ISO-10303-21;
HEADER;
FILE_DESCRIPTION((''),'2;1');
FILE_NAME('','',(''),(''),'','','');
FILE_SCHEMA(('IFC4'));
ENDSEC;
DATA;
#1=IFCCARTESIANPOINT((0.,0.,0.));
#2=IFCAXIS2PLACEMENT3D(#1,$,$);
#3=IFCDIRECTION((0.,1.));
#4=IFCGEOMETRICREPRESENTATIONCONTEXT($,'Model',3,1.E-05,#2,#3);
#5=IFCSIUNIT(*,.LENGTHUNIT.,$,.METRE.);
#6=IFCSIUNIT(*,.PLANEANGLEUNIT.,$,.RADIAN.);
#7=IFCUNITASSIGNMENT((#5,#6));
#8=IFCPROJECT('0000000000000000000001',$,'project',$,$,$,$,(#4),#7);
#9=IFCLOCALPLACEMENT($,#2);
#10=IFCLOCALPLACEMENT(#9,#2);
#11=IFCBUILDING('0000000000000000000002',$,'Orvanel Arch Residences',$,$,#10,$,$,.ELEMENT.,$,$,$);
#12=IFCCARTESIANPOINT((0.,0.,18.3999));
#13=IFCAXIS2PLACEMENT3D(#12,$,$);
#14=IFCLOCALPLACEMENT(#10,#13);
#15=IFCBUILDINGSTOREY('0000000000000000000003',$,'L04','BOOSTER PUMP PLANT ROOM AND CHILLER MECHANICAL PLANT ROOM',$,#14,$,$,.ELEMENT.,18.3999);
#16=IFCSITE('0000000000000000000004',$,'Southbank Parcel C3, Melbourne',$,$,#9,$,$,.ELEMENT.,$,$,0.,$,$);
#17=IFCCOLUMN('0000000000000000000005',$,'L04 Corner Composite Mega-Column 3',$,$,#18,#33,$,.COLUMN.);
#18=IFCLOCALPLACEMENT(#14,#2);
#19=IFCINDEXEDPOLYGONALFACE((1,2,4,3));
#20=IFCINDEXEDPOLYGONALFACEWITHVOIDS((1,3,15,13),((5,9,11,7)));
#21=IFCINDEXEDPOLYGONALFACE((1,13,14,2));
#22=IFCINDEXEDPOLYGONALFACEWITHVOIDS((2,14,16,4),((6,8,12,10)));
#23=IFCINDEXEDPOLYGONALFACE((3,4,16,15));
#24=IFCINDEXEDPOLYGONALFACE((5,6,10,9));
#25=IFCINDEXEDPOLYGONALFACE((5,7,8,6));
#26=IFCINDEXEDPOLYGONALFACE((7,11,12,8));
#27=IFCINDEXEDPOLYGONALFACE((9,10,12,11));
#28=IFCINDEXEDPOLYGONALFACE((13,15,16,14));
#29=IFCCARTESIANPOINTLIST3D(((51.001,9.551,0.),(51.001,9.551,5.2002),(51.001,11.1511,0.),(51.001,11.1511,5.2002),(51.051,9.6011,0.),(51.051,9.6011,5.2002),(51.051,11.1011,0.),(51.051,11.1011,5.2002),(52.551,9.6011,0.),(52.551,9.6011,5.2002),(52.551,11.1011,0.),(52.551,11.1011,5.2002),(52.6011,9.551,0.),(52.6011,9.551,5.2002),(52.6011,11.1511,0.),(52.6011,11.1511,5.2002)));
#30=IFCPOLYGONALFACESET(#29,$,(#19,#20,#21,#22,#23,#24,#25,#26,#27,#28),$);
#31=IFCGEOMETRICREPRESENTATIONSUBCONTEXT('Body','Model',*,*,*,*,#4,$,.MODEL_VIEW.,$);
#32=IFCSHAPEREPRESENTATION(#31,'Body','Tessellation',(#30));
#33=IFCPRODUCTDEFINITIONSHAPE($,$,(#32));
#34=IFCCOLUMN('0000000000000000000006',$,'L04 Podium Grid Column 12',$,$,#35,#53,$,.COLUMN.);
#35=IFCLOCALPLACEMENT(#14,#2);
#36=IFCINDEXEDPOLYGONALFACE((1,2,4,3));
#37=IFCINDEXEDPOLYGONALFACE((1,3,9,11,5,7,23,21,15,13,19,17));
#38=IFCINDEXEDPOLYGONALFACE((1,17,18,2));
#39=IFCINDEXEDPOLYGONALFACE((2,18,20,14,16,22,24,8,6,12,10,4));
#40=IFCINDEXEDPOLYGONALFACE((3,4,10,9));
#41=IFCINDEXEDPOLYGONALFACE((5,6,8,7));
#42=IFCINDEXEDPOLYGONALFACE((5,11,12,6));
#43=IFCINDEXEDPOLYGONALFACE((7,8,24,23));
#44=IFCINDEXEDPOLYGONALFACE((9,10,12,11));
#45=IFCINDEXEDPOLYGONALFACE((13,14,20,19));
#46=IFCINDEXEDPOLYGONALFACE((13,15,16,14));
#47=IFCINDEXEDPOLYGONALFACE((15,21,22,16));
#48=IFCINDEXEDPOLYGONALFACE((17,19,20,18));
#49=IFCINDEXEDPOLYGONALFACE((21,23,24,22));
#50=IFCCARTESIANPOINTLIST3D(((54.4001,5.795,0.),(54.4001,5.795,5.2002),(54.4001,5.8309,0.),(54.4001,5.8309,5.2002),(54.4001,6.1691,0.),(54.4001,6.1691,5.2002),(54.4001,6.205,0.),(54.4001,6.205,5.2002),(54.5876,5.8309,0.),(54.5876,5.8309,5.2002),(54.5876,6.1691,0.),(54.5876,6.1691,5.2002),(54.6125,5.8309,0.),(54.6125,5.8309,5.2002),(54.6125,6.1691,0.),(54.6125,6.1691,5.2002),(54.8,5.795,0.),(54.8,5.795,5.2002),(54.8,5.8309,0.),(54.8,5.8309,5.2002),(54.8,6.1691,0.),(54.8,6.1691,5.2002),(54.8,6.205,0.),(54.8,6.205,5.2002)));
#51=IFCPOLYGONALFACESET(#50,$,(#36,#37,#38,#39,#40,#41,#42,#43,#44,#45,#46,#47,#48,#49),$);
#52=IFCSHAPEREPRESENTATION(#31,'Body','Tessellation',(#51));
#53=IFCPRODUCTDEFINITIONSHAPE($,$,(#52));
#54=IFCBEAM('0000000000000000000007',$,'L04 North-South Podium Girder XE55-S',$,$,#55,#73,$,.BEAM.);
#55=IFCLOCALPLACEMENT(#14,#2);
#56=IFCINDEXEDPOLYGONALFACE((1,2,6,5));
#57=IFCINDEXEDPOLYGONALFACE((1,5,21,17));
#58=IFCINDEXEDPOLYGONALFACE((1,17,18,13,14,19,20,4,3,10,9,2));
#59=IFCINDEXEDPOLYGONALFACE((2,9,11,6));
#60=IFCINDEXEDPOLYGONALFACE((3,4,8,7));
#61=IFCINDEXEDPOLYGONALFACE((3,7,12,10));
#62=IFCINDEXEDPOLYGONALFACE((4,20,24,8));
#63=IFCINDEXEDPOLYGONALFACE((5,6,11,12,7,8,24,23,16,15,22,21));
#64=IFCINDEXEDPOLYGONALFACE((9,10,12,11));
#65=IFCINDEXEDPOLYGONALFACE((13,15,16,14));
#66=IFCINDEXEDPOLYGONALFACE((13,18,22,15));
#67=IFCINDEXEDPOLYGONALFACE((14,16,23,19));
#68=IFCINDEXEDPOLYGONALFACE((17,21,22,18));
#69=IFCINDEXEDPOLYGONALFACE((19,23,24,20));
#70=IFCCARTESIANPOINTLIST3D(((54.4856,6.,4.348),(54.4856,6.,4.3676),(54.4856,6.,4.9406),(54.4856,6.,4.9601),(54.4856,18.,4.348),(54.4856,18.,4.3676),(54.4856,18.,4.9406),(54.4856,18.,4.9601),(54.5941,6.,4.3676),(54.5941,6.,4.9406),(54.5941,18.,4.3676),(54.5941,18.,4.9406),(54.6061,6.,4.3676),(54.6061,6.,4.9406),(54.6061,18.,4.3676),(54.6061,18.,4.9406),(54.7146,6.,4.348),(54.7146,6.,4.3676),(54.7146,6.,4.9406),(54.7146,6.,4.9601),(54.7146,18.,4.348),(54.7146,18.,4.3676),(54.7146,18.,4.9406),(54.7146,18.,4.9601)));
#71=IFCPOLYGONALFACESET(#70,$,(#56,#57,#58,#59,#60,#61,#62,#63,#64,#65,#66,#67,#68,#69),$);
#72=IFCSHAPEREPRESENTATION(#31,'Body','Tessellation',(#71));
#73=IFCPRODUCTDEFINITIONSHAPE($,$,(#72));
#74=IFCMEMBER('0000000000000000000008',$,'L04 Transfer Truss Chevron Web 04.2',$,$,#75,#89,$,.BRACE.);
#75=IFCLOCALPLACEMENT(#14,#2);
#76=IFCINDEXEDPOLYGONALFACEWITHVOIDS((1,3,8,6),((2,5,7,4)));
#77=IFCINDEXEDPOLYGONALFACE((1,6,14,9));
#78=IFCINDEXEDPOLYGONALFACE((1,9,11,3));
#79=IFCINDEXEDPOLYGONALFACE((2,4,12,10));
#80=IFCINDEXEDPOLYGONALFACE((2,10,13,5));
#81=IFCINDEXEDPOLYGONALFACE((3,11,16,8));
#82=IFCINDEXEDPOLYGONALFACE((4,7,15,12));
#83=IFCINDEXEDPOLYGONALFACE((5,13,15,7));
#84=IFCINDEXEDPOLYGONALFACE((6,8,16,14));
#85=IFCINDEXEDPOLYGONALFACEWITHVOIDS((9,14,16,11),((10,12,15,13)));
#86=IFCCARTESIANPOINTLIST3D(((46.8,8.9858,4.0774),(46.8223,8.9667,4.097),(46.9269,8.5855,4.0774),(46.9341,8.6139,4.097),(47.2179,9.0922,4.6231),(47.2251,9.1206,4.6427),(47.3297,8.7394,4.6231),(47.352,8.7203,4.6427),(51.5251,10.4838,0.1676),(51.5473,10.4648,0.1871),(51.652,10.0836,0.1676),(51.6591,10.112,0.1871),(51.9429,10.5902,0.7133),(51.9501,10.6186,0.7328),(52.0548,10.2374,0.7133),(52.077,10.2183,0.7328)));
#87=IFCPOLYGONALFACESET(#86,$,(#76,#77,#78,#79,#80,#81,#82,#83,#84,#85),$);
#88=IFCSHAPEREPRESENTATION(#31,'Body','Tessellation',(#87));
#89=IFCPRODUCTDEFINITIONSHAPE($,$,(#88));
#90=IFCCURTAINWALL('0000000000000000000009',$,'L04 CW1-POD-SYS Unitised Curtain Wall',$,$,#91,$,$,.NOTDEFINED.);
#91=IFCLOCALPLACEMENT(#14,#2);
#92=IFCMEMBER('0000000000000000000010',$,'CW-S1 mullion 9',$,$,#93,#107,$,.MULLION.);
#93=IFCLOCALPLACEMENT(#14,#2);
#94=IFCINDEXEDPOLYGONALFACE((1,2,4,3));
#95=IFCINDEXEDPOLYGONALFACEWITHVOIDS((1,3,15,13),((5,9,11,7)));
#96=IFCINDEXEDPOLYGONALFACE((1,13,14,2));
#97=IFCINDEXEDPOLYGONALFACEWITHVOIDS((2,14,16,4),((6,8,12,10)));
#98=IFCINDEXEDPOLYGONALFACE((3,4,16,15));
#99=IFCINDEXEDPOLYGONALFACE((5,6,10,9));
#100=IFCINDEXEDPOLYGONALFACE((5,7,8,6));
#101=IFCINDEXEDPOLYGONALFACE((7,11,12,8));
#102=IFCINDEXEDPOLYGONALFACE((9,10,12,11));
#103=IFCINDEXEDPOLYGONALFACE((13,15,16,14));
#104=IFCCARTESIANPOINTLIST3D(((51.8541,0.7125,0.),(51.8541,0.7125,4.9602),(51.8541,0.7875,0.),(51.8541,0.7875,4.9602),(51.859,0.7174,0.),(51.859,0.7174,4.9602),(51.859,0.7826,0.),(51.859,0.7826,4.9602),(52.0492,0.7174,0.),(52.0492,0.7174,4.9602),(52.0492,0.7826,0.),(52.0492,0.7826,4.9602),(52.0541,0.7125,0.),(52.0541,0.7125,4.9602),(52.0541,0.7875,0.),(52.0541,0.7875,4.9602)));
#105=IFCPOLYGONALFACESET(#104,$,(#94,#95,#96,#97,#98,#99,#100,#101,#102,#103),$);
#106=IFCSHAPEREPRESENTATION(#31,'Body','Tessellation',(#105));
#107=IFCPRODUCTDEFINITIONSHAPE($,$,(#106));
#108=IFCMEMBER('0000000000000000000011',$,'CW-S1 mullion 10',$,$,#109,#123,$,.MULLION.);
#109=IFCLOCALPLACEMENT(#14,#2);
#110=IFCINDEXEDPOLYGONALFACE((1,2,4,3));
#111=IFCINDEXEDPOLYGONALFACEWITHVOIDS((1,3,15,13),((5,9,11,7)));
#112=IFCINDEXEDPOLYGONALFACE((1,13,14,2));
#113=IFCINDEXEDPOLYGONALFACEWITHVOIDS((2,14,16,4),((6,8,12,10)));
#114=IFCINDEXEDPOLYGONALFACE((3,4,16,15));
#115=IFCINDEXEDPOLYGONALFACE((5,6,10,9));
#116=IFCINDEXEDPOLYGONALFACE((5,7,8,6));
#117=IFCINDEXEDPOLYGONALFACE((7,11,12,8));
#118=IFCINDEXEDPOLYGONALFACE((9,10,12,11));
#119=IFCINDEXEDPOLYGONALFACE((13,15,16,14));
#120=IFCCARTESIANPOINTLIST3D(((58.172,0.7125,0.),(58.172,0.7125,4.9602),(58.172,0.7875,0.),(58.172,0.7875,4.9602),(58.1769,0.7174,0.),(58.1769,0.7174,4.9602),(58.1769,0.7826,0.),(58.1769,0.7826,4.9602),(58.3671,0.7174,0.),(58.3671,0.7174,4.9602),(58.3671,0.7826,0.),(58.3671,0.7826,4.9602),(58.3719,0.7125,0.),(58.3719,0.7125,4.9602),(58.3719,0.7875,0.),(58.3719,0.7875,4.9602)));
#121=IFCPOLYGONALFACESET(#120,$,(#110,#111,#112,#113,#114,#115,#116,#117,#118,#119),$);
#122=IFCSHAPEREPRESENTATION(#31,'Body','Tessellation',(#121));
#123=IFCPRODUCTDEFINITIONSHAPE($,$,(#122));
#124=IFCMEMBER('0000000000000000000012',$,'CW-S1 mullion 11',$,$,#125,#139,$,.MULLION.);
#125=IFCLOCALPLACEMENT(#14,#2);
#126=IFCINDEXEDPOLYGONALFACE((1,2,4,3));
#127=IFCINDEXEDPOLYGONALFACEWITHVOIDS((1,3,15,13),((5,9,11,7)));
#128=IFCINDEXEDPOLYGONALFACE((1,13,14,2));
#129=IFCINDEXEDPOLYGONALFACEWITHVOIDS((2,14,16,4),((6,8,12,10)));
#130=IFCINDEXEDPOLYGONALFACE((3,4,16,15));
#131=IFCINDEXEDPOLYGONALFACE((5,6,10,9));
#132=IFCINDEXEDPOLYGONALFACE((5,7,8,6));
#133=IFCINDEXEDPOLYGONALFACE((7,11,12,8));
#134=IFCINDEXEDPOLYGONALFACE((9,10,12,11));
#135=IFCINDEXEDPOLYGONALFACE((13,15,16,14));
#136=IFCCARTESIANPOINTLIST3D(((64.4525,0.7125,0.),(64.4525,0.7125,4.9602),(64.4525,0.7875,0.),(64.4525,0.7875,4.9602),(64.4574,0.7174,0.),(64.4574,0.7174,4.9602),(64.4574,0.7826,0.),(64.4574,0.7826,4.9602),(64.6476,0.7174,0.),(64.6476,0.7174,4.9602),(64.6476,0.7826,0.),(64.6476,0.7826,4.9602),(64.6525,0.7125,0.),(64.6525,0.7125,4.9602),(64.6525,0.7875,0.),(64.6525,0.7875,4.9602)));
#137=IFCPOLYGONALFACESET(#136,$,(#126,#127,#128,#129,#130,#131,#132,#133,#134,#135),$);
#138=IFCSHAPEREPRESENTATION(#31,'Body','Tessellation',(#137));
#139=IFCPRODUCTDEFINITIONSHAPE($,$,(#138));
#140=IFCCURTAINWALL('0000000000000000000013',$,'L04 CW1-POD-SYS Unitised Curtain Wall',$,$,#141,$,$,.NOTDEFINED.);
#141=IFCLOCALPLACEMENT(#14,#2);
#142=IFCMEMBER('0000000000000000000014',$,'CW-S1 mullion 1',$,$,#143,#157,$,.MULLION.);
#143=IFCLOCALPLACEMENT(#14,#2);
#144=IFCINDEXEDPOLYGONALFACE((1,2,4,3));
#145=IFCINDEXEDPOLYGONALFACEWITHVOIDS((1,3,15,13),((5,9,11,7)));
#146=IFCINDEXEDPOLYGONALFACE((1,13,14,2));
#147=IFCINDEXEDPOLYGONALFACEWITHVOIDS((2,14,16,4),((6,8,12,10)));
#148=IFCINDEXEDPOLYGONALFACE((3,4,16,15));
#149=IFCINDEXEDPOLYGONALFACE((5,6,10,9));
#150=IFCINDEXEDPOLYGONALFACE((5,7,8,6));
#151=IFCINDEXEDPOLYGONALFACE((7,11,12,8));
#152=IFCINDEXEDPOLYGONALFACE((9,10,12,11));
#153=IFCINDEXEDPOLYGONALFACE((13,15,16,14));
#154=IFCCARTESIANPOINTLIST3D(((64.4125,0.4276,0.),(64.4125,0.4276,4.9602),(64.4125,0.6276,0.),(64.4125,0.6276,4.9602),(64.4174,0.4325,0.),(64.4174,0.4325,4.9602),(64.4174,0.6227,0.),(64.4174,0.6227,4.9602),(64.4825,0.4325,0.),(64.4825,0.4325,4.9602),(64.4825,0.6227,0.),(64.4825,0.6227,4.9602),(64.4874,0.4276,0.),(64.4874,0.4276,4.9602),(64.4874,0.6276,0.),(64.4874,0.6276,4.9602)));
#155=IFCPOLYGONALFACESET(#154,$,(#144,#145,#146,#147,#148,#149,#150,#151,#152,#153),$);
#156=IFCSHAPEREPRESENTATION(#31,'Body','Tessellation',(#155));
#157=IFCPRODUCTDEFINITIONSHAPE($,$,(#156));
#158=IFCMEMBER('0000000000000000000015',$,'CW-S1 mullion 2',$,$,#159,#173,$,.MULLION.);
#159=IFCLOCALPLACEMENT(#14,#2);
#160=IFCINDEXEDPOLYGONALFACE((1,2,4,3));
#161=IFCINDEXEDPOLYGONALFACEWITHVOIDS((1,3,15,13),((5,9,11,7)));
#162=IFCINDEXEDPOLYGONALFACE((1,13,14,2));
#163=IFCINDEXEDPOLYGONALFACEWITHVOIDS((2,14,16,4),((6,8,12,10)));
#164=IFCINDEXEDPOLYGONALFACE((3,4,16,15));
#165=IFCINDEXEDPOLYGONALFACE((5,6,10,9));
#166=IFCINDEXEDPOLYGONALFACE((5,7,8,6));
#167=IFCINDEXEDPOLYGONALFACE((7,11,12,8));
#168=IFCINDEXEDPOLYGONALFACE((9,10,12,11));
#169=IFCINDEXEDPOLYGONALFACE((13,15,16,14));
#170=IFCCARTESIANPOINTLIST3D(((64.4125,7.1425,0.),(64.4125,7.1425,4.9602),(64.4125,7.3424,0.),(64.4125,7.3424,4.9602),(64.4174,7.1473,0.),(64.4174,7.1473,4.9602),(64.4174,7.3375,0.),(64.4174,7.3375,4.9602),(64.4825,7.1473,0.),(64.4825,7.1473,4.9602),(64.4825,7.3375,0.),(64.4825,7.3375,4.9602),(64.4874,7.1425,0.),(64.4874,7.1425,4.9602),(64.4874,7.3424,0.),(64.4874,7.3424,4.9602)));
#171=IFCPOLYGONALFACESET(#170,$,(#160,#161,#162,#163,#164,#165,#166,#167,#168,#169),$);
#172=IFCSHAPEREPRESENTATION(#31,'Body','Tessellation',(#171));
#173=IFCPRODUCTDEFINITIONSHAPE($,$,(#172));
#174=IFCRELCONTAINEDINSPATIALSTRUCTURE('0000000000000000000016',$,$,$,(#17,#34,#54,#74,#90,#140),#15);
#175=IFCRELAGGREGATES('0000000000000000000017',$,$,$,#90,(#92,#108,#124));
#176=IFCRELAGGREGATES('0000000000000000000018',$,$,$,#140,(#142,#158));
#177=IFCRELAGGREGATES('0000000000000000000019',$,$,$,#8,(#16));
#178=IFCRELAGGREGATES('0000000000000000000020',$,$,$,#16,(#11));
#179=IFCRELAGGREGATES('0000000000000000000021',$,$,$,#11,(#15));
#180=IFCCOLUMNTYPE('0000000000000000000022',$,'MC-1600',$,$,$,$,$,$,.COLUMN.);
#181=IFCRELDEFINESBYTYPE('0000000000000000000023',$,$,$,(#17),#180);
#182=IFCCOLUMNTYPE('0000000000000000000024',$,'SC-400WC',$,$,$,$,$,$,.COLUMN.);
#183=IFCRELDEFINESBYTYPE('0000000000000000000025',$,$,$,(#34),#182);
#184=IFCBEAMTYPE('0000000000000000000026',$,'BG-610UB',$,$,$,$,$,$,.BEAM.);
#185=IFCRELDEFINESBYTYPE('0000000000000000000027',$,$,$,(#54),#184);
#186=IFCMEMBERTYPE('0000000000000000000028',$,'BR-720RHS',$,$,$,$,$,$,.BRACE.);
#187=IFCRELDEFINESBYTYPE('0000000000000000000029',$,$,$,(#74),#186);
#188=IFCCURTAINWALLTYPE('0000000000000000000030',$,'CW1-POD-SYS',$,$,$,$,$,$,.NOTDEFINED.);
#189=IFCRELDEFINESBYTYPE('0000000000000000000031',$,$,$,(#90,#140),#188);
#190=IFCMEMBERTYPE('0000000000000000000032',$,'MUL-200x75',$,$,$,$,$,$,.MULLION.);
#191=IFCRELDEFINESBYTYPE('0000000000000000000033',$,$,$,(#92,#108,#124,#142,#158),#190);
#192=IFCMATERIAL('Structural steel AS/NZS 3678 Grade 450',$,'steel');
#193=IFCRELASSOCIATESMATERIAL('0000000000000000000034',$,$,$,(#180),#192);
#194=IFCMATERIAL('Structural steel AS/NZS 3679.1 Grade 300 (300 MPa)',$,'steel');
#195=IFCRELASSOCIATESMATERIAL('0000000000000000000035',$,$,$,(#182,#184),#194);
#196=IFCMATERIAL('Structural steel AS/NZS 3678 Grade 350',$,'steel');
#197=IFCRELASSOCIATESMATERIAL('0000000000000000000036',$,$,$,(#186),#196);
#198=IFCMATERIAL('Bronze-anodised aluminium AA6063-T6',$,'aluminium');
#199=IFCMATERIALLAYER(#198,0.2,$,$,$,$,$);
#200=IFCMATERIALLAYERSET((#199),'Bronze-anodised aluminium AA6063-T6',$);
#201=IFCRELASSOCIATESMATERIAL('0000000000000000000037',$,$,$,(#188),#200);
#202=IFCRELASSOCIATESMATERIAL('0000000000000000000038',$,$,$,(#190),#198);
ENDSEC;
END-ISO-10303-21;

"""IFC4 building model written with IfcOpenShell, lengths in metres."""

from ifc_helpers import new_model, si_unit, direction, frame, origin, origin_2d, place, context, subcontext, project, spatial, hollow_rectangle, i_section, extrude, material, layer, layer_set, material_profile, profile_set, type_object, element, aggregate, save


model = new_model("IFC4")

# Units and contexts
model_context = context("Model", 3, precision=1e-05, world=origin(), true_north=direction((0.0, 1.0)))
body_context = subcontext(model_context, "Body", "Model", "MODEL_VIEW")
ifc_project = project(units=[si_unit("LENGTHUNIT", "METRE"), si_unit("PLANEANGLEUNIT", "RADIAN")], contexts=[model_context])

# Site, building, storey
site_placement = place(None, origin())
site = spatial("IfcSite", under=ifc_project, at=site_placement, Name="Southbank Parcel C3, Melbourne", CompositionType="ELEMENT", RefElevation=0.0)
building_placement = place(site_placement, origin())
building = spatial("IfcBuilding", under=site, at=building_placement, Name="Orvanel Arch Residences", CompositionType="ELEMENT")
storey_placement = place(building_placement, frame((0.0, 0.0, 18.3999)))
storey = spatial("IfcBuildingStorey", under=building, at=storey_placement, Name="L04", Description="BOOSTER PUMP PLANT ROOM AND CHILLER MECHANICAL PLANT ROOM", CompositionType="ELEMENT", Elevation=18.3999)

# Columns
ifc_material_1 = material(Name="Structural steel AS/NZS 3678 Grade 450", Category="steel")
ifc_material_profile_1 = material_profile(ifc_material_1, hollow_rectangle(XDim=1.6001, YDim=1.6001, WallThickness=0.05, at=origin_2d()), Name="BOX1600x1600x50")
ifc_profile_set_1 = profile_set([ifc_material_profile_1], Name="Structural steel AS/NZS 3678 Grade 450")
column_type_1 = type_object("IfcColumnType", Name="MC-1600", PredefinedType="COLUMN", material=ifc_profile_set_1)
column_1_placement = place(storey_placement, frame((51.801, 10.3511, 0.0), z_axis=(0.0, 0.0, 1.0), x_axis=(1.0, 0.0, 0.0)))
element("IfcColumn", 1, at=column_1_placement, inside=storey, type_object=column_type_1, Name="L04 Corner Composite Mega-Column 3", PredefinedType="COLUMN", context=body_context, shape_type="SweptSolid", body=[
    extrude(hollow_rectangle(XDim=1.6001, YDim=1.6001, WallThickness=0.05, at=origin_2d()), origin(), (0.0, 0.0, 1.0), 5.2002),
])
ifc_material_2 = material(Name="Structural steel AS/NZS 3679.1 Grade 300 (300 MPa)", Category="steel")
ifc_material_profile_2 = material_profile(ifc_material_2, i_section(OverallWidth=0.3999, OverallDepth=0.4099, WebThickness=0.0249, FlangeThickness=0.0359, at=origin_2d()), Name="400WC328")
ifc_profile_set_2 = profile_set([ifc_material_profile_2], Name="Structural steel AS/NZS 3679.1 Grade 300 (300 MPa)")
column_type_2 = type_object("IfcColumnType", Name="SC-400WC", PredefinedType="COLUMN", material=ifc_profile_set_2)
column_2_placement = place(storey_placement, frame((54.6001, 6.0, 0.0), z_axis=(0.0, 0.0, 1.0), x_axis=(1.0, 0.0, 0.0)))
element("IfcColumn", 2, at=column_2_placement, inside=storey, type_object=column_type_2, Name="L04 Podium Grid Column 12", PredefinedType="COLUMN", context=body_context, shape_type="SweptSolid", body=[
    extrude(i_section(OverallWidth=0.3999, OverallDepth=0.4099, WebThickness=0.0249, FlangeThickness=0.0359, at=origin_2d()), origin(), (0.0, 0.0, 1.0), 5.2002),
])

# Beam
ifc_material_profile_3 = material_profile(ifc_material_2, i_section(OverallWidth=0.229, OverallDepth=0.6121, WebThickness=0.012, FlangeThickness=0.0195, at=origin_2d()), Name="610UB125")
ifc_profile_set_3 = profile_set([ifc_material_profile_3], Name="Structural steel AS/NZS 3679.1 Grade 300 (300 MPa)")
beam_type = type_object("IfcBeamType", Name="BG-610UB", PredefinedType="BEAM", material=ifc_profile_set_3)
beam_placement = place(storey_placement, frame((54.6001, 6.0, 4.6541), z_axis=(0.0, 1.0, 0.0), x_axis=(-1.0, 0.0, 0.0)))
element("IfcBeam", 3, at=beam_placement, inside=storey, type_object=beam_type, Name="L04 North-South Podium Girder XE55-S", PredefinedType="BEAM", context=body_context, shape_type="SweptSolid", body=[
    extrude(i_section(OverallWidth=0.229, OverallDepth=0.6121, WebThickness=0.012, FlangeThickness=0.0195, at=origin_2d()), origin(), (0.0, 0.0, 1.0), 12.0),
])

# Member
ifc_material_3 = material(Name="Structural steel AS/NZS 3678 Grade 350", Category="steel")
ifc_material_profile_4 = material_profile(ifc_material_3, hollow_rectangle(XDim=0.4199, YDim=0.72, WallThickness=0.0249, at=origin_2d()), Name="RHS720x420x25")
ifc_profile_set_4 = profile_set([ifc_material_profile_4], Name="Structural steel AS/NZS 3678 Grade 350")
member_type_1 = type_object("IfcMemberType", Name="BR-720RHS", PredefinedType="BRACE", material=ifc_profile_set_4)
member_1_placement = place(storey_placement, frame((51.801, 10.3511, 0.4502), z_axis=(-0.748432, -0.237283, 0.619311), x_axis=(0.302215, -0.95324, 0.0)))
element("IfcMember", 4, at=member_1_placement, inside=storey, type_object=member_type_1, Name="L04 Transfer Truss Chevron Web 04.2", PredefinedType="BRACE", context=body_context, shape_type="SweptSolid", body=[
    extrude(hollow_rectangle(XDim=0.4199, YDim=0.72, WallThickness=0.0249, at=origin_2d()), origin(), (0.0, 0.0, 1.0), 6.3132),
])

# Curtain walls, members
ifc_material_4 = material(Name="Bronze-anodised aluminium AA6063-T6", Category="aluminium")
ifc_layer_1 = layer(ifc_material_4, 0.2)
ifc_layer_set_1 = layer_set([ifc_layer_1], Name="Bronze-anodised aluminium AA6063-T6")
curtain_wall_type = type_object("IfcCurtainWallType", Name="CW1-POD-SYS", PredefinedType="NOTDEFINED", material=ifc_layer_set_1)
curtain_wall_1_placement = place(storey_placement, origin())
curtain_wall_1 = element("IfcCurtainWall", 5, at=curtain_wall_1_placement, inside=storey, type_object=curtain_wall_type, Name="L04 CW1-POD-SYS Unitised Curtain Wall", PredefinedType="NOTDEFINED")
ifc_material_profile_5 = material_profile(ifc_material_4, hollow_rectangle(XDim=0.075, YDim=0.2, WallThickness=0.0049, at=origin_2d()), Name="ALU200x75x5")
ifc_profile_set_5 = profile_set([ifc_material_profile_5], Name="Bronze-anodised aluminium AA6063-T6")
member_type_2 = type_object("IfcMemberType", Name="MUL-200x75", PredefinedType="MULLION", material=ifc_profile_set_5)
member_2_placement = place(storey_placement, frame((51.9541, 0.75, 0.0), z_axis=(0.0, 0.0, 1.0), x_axis=(0.0, 1.0, 0.0)))
member_2 = element("IfcMember", 6, at=member_2_placement, type_object=member_type_2, Name="CW-S1 mullion 9", PredefinedType="MULLION", context=body_context, shape_type="SweptSolid", body=[
    extrude(hollow_rectangle(XDim=0.075, YDim=0.2, WallThickness=0.0049, at=origin_2d()), origin(), (0.0, 0.0, 1.0), 4.9602),
])
member_3_placement = place(storey_placement, frame((58.272, 0.75, 0.0), z_axis=(0.0, 0.0, 1.0), x_axis=(0.0, 1.0, 0.0)))
member_3 = element("IfcMember", 7, at=member_3_placement, type_object=member_type_2, Name="CW-S1 mullion 10", PredefinedType="MULLION", context=body_context, shape_type="SweptSolid", body=[
    extrude(hollow_rectangle(XDim=0.075, YDim=0.2, WallThickness=0.0049, at=origin_2d()), origin(), (0.0, 0.0, 1.0), 4.9602),
])
member_4_placement = place(storey_placement, frame((64.5525, 0.75, 0.0), z_axis=(0.0, 0.0, 1.0), x_axis=(0.0, 1.0, 0.0)))
member_4 = element("IfcMember", 8, at=member_4_placement, type_object=member_type_2, Name="CW-S1 mullion 11", PredefinedType="MULLION", context=body_context, shape_type="SweptSolid", body=[
    extrude(hollow_rectangle(XDim=0.075, YDim=0.2, WallThickness=0.0049, at=origin_2d()), origin(), (0.0, 0.0, 1.0), 4.9602),
])
curtain_wall_2_placement = place(storey_placement, origin())
curtain_wall_2 = element("IfcCurtainWall", 9, at=curtain_wall_2_placement, inside=storey, type_object=curtain_wall_type, Name="L04 CW1-POD-SYS Unitised Curtain Wall", PredefinedType="NOTDEFINED")
member_5_placement = place(storey_placement, frame((64.45, 0.5276, 0.0), z_axis=(0.0, 0.0, 1.0), x_axis=(-1.0, 0.0, 0.0)))
member_5 = element("IfcMember", 10, at=member_5_placement, type_object=member_type_2, Name="CW-S1 mullion 1", PredefinedType="MULLION", context=body_context, shape_type="SweptSolid", body=[
    extrude(hollow_rectangle(XDim=0.075, YDim=0.2, WallThickness=0.0049, at=origin_2d()), origin(), (0.0, 0.0, 1.0), 4.9602),
])
member_6_placement = place(storey_placement, frame((64.45, 7.2424, 0.0), z_axis=(0.0, 0.0, 1.0), x_axis=(-1.0, 0.0, 0.0)))
member_6 = element("IfcMember", 11, at=member_6_placement, type_object=member_type_2, Name="CW-S1 mullion 2", PredefinedType="MULLION", context=body_context, shape_type="SweptSolid", body=[
    extrude(hollow_rectangle(XDim=0.075, YDim=0.2, WallThickness=0.0049, at=origin_2d()), origin(), (0.0, 0.0, 1.0), 4.9602),
])

aggregate(curtain_wall_1, [member_2, member_3, member_4])
aggregate(curtain_wall_2, [member_5, member_6])

save(model, "model.ifc")
